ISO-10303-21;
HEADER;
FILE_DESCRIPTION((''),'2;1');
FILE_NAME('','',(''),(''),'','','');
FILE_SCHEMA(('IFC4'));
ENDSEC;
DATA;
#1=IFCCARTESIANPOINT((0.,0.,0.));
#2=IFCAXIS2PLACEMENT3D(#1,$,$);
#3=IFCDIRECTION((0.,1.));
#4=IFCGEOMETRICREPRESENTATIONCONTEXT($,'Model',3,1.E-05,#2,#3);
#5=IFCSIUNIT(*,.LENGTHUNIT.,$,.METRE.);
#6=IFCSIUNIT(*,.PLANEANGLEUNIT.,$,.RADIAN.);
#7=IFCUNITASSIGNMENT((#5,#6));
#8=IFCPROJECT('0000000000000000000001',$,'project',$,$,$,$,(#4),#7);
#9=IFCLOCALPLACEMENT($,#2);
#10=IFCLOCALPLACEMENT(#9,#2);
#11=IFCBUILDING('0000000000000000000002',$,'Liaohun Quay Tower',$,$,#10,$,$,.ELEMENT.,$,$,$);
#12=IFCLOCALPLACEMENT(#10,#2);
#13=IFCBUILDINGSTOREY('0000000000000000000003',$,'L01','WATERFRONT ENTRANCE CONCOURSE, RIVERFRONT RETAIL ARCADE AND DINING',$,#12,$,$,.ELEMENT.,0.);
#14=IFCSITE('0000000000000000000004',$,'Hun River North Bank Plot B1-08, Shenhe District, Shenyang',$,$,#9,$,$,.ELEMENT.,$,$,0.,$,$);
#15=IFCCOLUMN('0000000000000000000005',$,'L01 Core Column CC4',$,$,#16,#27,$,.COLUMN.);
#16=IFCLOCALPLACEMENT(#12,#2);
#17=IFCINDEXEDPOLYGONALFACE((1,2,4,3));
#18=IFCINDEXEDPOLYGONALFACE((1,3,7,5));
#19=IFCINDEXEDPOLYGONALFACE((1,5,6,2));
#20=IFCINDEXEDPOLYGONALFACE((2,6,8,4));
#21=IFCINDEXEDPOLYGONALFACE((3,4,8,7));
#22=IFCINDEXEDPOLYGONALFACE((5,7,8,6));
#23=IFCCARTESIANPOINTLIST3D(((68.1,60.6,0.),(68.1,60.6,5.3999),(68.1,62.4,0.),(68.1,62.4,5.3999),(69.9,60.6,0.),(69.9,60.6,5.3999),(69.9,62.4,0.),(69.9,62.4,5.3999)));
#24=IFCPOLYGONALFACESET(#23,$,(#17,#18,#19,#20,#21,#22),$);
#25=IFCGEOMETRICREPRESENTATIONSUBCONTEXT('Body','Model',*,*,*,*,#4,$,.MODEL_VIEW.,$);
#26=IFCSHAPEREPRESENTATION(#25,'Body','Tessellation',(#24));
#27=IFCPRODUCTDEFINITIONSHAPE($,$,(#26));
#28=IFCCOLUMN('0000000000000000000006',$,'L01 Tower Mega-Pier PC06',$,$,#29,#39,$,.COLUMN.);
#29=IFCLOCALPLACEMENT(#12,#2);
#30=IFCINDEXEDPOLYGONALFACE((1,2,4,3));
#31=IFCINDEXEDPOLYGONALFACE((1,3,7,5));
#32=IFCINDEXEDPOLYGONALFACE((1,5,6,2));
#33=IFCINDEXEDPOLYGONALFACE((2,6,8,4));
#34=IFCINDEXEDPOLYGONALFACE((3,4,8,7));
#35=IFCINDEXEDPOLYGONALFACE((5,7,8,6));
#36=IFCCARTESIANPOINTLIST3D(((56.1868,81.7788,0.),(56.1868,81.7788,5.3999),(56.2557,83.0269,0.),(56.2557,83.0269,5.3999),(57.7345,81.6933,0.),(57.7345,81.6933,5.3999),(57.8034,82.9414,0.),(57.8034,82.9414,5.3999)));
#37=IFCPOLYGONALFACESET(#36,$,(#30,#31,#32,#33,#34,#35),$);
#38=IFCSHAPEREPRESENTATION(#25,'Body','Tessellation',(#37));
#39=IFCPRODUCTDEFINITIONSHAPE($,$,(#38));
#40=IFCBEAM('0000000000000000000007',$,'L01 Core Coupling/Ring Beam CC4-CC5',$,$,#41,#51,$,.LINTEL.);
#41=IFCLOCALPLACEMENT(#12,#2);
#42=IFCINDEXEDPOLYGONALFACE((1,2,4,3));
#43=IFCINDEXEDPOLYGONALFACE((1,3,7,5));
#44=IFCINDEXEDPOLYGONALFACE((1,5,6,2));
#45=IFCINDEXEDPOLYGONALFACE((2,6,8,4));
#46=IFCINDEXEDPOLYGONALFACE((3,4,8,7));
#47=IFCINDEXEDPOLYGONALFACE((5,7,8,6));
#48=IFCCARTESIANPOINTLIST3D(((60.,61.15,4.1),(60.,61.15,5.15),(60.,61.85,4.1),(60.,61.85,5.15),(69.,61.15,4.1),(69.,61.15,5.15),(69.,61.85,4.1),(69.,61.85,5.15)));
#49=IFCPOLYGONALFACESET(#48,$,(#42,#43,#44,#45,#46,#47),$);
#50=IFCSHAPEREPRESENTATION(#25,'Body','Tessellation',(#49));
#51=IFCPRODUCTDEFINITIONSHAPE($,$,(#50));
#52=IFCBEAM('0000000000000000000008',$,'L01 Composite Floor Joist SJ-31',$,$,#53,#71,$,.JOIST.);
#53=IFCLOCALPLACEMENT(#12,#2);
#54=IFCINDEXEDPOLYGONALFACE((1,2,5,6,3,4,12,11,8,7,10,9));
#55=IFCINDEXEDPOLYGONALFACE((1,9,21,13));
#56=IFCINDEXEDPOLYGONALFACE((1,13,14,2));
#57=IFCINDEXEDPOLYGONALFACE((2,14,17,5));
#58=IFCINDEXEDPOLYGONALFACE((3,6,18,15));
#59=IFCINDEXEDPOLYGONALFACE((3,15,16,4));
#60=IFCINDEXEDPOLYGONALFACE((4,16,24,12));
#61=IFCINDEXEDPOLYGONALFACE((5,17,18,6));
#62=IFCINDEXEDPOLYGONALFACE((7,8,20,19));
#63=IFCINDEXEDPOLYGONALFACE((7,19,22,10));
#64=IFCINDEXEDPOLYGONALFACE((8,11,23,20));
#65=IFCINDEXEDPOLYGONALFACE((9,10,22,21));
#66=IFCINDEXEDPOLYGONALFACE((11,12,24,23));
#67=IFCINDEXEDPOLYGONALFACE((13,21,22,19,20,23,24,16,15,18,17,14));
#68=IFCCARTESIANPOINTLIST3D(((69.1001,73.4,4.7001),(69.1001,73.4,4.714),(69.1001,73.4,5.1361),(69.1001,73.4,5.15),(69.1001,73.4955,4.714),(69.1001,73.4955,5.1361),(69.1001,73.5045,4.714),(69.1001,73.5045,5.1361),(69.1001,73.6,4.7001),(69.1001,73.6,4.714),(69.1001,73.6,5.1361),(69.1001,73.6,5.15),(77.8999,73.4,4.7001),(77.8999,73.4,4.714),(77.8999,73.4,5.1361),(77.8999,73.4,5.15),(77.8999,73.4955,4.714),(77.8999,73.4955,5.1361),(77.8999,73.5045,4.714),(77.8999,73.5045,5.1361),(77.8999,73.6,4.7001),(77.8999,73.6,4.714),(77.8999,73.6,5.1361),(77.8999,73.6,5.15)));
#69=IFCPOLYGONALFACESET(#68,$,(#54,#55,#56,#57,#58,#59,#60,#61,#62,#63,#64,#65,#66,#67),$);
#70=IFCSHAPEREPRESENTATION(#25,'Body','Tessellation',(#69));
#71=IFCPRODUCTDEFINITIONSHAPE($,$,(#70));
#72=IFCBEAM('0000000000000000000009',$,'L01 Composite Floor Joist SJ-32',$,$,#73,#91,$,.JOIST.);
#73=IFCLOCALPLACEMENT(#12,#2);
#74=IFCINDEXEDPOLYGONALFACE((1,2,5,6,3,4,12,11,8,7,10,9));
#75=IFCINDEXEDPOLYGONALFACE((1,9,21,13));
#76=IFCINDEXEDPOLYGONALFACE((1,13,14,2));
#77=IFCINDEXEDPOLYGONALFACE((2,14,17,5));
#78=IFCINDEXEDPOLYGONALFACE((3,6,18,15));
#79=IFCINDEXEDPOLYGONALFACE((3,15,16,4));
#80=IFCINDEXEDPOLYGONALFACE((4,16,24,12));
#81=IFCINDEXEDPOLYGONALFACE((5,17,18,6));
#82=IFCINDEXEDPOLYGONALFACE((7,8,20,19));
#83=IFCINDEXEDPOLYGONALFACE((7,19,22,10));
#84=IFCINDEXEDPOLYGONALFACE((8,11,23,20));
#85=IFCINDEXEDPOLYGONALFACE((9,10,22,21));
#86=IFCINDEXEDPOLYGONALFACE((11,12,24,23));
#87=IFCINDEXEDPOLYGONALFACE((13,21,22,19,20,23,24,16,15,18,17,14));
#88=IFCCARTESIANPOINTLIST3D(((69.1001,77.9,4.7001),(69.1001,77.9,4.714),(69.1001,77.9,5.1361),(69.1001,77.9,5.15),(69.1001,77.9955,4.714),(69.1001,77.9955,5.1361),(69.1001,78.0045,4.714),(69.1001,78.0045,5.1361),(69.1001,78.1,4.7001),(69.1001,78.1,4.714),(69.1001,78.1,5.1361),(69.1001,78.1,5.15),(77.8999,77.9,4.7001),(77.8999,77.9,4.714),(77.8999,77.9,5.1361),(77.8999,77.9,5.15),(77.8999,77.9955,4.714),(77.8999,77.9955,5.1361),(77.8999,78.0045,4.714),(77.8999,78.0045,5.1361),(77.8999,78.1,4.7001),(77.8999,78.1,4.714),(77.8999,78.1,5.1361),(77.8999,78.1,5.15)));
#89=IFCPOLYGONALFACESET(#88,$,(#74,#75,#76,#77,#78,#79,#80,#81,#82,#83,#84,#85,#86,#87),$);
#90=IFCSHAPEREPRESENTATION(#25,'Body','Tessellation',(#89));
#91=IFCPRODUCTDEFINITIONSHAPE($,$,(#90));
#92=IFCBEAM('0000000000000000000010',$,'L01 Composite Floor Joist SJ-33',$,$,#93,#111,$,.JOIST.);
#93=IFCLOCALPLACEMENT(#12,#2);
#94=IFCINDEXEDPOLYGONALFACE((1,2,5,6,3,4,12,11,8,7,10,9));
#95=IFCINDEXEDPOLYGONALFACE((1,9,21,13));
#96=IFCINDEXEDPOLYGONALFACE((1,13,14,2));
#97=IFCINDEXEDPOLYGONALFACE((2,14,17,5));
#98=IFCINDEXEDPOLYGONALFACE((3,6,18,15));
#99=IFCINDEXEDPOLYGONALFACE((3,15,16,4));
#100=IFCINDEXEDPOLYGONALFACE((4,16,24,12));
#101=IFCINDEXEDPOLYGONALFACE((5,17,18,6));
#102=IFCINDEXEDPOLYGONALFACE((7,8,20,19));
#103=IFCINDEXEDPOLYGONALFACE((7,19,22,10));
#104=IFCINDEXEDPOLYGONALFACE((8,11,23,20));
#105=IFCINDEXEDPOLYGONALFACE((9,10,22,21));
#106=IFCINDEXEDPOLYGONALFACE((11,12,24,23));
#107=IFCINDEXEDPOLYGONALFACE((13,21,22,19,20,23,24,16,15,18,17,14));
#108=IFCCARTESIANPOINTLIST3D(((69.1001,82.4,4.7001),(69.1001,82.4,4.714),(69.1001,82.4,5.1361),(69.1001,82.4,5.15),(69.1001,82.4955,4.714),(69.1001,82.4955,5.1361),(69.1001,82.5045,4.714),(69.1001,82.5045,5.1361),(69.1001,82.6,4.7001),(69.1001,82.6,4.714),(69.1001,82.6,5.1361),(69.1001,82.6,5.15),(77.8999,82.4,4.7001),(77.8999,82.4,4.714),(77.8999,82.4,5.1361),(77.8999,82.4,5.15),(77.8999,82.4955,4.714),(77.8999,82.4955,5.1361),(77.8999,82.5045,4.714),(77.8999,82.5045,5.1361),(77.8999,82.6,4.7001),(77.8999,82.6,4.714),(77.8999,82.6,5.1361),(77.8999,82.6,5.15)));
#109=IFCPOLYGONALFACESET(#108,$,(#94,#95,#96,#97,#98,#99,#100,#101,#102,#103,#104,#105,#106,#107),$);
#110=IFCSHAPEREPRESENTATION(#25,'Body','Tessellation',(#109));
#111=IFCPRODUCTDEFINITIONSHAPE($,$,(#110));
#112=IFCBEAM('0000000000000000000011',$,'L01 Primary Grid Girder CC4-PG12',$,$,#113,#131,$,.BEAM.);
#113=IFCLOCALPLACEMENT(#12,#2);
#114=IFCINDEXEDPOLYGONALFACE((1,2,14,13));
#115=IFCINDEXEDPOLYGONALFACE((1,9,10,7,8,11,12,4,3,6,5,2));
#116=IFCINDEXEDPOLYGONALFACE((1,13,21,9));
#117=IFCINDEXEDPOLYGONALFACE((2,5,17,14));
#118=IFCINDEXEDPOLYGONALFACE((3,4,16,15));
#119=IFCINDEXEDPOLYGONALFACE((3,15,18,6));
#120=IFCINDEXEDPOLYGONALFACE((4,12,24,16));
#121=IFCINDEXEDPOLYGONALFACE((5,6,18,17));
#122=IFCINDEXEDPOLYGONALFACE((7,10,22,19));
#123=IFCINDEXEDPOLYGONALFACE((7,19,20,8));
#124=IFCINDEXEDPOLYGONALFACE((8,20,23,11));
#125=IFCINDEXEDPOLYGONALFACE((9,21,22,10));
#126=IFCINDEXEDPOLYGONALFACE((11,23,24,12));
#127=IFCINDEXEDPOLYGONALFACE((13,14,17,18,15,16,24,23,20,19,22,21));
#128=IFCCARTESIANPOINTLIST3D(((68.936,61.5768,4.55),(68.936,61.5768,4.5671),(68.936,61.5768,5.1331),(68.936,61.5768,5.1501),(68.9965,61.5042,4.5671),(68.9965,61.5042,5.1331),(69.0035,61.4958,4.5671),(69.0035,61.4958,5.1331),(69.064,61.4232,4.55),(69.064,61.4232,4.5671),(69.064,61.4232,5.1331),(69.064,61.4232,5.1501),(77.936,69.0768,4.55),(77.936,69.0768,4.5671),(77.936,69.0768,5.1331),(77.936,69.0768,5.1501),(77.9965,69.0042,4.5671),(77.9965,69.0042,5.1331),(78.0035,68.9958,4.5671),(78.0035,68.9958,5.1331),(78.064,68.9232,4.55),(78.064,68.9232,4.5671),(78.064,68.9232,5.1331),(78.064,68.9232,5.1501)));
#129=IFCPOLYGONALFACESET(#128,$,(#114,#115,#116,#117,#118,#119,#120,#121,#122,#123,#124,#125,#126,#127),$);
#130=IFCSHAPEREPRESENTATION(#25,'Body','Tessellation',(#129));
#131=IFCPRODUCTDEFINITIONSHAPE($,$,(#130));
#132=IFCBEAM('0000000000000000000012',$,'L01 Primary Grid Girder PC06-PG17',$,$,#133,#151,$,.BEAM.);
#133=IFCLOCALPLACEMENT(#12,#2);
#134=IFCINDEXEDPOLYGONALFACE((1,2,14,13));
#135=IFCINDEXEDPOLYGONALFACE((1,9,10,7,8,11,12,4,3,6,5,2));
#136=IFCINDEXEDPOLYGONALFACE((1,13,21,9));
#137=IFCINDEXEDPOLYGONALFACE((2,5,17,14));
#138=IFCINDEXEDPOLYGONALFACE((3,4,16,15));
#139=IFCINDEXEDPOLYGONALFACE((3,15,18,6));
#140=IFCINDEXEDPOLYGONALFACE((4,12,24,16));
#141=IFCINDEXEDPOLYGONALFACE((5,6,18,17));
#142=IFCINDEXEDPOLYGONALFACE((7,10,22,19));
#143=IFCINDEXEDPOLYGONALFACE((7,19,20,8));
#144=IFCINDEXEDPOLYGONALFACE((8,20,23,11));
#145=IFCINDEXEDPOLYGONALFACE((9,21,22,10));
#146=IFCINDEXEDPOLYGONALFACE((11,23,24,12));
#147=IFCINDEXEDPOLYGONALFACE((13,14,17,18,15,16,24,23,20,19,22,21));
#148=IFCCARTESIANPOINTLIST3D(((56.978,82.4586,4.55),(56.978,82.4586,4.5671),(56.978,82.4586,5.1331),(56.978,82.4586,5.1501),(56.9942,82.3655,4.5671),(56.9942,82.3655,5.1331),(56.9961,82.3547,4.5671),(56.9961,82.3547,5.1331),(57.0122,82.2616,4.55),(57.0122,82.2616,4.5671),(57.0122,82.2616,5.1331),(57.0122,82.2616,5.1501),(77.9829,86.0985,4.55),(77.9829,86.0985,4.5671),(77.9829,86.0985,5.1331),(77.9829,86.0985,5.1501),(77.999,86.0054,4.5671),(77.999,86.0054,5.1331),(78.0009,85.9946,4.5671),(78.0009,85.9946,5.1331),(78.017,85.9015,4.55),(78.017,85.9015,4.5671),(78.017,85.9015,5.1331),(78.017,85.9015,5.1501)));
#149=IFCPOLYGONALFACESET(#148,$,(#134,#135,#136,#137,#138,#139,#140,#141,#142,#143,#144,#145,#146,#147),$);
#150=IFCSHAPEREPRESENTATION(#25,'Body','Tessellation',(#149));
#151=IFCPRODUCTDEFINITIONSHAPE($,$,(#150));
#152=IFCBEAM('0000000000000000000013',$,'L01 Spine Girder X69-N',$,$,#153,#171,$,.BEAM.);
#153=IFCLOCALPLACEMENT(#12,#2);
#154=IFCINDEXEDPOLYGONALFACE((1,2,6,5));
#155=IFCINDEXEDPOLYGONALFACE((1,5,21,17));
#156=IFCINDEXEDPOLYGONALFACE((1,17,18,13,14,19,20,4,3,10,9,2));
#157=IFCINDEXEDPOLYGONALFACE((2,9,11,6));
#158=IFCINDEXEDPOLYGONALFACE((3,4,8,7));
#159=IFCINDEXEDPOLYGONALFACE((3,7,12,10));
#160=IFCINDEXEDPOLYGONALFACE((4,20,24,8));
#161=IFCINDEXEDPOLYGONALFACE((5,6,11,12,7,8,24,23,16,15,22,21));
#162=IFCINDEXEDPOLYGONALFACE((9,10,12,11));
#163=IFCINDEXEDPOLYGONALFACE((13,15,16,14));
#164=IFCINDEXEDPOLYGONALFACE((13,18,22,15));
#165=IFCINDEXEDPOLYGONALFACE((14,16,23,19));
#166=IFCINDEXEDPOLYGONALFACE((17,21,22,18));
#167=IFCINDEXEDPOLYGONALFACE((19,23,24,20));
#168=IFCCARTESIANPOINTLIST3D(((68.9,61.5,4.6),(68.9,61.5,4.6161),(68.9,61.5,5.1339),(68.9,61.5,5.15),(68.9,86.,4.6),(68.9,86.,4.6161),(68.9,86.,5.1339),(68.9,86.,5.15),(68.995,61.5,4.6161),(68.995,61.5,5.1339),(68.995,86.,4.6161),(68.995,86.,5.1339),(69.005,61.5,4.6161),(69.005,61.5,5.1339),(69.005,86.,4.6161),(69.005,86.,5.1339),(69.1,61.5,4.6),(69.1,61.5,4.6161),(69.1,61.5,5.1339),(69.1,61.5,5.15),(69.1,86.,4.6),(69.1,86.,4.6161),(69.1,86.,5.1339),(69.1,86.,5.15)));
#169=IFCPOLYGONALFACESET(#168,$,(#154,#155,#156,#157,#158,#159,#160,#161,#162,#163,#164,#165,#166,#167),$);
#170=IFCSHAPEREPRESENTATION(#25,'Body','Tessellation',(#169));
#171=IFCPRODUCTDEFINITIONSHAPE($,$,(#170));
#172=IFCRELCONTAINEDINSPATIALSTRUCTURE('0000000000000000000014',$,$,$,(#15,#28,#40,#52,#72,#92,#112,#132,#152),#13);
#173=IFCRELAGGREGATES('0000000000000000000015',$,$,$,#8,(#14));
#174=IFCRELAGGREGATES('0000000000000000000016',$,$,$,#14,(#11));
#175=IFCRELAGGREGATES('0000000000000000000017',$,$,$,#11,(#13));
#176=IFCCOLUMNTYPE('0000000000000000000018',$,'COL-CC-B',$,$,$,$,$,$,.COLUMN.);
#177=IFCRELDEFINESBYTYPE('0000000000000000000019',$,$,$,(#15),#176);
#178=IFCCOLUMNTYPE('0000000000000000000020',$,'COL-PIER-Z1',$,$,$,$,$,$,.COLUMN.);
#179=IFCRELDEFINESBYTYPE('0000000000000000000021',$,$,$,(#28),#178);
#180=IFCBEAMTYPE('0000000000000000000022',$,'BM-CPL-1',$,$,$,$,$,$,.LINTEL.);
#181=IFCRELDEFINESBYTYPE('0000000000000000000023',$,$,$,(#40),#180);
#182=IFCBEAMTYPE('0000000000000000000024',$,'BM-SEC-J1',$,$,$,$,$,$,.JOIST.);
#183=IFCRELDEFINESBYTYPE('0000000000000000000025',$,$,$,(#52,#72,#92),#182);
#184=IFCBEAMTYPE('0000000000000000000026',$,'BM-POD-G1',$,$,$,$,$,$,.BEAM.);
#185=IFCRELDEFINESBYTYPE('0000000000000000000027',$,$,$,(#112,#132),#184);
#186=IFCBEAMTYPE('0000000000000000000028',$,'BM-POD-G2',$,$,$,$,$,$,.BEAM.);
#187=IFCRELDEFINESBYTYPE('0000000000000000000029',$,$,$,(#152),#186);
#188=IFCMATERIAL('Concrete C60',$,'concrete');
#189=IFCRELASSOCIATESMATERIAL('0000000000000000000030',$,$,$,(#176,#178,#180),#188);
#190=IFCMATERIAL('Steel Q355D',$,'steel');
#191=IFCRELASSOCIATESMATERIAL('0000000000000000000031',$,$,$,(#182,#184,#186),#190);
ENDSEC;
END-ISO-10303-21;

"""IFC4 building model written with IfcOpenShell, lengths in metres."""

from ifc_helpers import new_model, si_unit, direction, frame, origin, origin_2d, place, context, subcontext, project, spatial, rectangle, i_section, extrude, source, transform, mapped, material, material_profile, profile_set, type_object, element, save


model = new_model("IFC4")

# Units and contexts
model_context = context("Model", 3, precision=1e-05, world=origin(), true_north=direction((0.0, 1.0)))
body_context = subcontext(model_context, "Body", "Model", "MODEL_VIEW")
ifc_project = project(units=[si_unit("LENGTHUNIT", "METRE"), si_unit("PLANEANGLEUNIT", "RADIAN")], contexts=[model_context])

# Site, building, storey
site_placement = place(None, origin())
site = spatial("IfcSite", under=ifc_project, at=site_placement, Name="Hun River North Bank Plot B1-08, Shenhe District, Shenyang", CompositionType="ELEMENT", RefElevation=0.0)
building_placement = place(site_placement, origin())
building = spatial("IfcBuilding", under=site, at=building_placement, Name="Liaohun Quay Tower", CompositionType="ELEMENT")
storey_placement = place(building_placement, origin())
storey = spatial("IfcBuildingStorey", under=building, at=storey_placement, Name="L01", Description="WATERFRONT ENTRANCE CONCOURSE, RIVERFRONT RETAIL ARCADE AND DINING", CompositionType="ELEMENT", Elevation=0.0)

# Columns
ifc_material_1 = material(Name="Concrete C60", Category="concrete")
ifc_material_profile_1 = material_profile(ifc_material_1, rectangle(XDim=1.8, YDim=1.8, at=origin_2d()), Name="RC1800x1800")
ifc_profile_set_1 = profile_set([ifc_material_profile_1], Name="Concrete C60")
column_type_1 = type_object("IfcColumnType", Name="COL-CC-B", PredefinedType="COLUMN", material=ifc_profile_set_1)
shared_shape_1 = source(origin(), body_context, "Body", "SweptSolid", [
    extrude(rectangle(XDim=1.8, YDim=1.8, at=origin_2d()), origin(), (0.0, 0.0, 1.0), 5.3999),
])
column_1_placement = place(storey_placement, frame((69.0, 61.5, 0.0), z_axis=(0.0, 0.0, 1.0), x_axis=(1.0, 0.0, 0.0)))
element("IfcColumn", 1, at=column_1_placement, inside=storey, type_object=column_type_1, Name="L01 Core Column CC4", PredefinedType="COLUMN", context=body_context, shape_type="MappedRepresentation", body=[
    mapped(shared_shape_1, transform((0.0, 0.0, 0.0), x_axis=(1.0, 0.0, 0.0), y_axis=(0.0, 1.0, 0.0), z_axis=(0.0, 0.0, 1.0), scale=1.0)),
])
ifc_material_profile_2 = material_profile(ifc_material_1, rectangle(XDim=1.55, YDim=1.25, at=origin_2d()), Name="RC1550x1250")
ifc_profile_set_2 = profile_set([ifc_material_profile_2], Name="Concrete C60")
column_type_2 = type_object("IfcColumnType", Name="COL-PIER-Z1", PredefinedType="COLUMN", material=ifc_profile_set_2)
shared_shape_2 = source(origin(), body_context, "Body", "SweptSolid", [
    extrude(rectangle(XDim=1.55, YDim=1.25, at=origin_2d()), origin(), (0.0, 0.0, 1.0), 5.3999),
])
column_2_placement = place(storey_placement, frame((56.9951, 82.3601, 0.0), z_axis=(0.0, 0.0, 1.0), x_axis=(-0.998479, 0.055124, 0.0)))
element("IfcColumn", 2, at=column_2_placement, inside=storey, type_object=column_type_2, Name="L01 Tower Mega-Pier PC06", PredefinedType="COLUMN", context=body_context, shape_type="MappedRepresentation", body=[
    mapped(shared_shape_2, transform((0.0, 0.0, 0.0), x_axis=(1.0, 0.0, 0.0), y_axis=(0.0, 1.0, 0.0), z_axis=(0.0, 0.0, 1.0), scale=1.0)),
])

# Beams
ifc_material_profile_3 = material_profile(ifc_material_1, rectangle(XDim=0.7, YDim=1.05, at=origin_2d()), Name="RC700x1050")
ifc_profile_set_3 = profile_set([ifc_material_profile_3], Name="Concrete C60")
beam_type_1 = type_object("IfcBeamType", Name="BM-CPL-1", PredefinedType="LINTEL", material=ifc_profile_set_3)
shared_shape_3 = source(origin(), body_context, "Body", "SweptSolid", [
    extrude(rectangle(XDim=0.7, YDim=1.05, at=origin_2d()), origin(), (0.0, 0.0, 1.0), 9.0),
])
beam_1_placement = place(storey_placement, frame((69.0, 61.5, 4.625), z_axis=(-1.0, 0.0, 0.0), x_axis=(0.0, -1.0, 0.0)))
element("IfcBeam", 3, at=beam_1_placement, inside=storey, type_object=beam_type_1, Name="L01 Core Coupling/Ring Beam CC4-CC5", PredefinedType="LINTEL", context=body_context, shape_type="MappedRepresentation", body=[
    mapped(shared_shape_3, transform((0.0, 0.0, 0.0), x_axis=(1.0, 0.0, 0.0), y_axis=(0.0, 1.0, 0.0), z_axis=(0.0, 0.0, 1.0), scale=1.0)),
])
ifc_material_2 = material(Name="Steel Q355D", Category="steel")
ifc_material_profile_4 = material_profile(ifc_material_2, i_section(OverallWidth=0.2, OverallDepth=0.45, WebThickness=0.009, FlangeThickness=0.0139, at=origin_2d()), Name="HN450x200x9x14")
ifc_profile_set_4 = profile_set([ifc_material_profile_4], Name="Steel Q355D")
beam_type_2 = type_object("IfcBeamType", Name="BM-SEC-J1", PredefinedType="JOIST", material=ifc_profile_set_4)
shared_shape_4 = source(origin(), body_context, "Body", "SweptSolid", [
    extrude(i_section(OverallWidth=0.2, OverallDepth=0.45, WebThickness=0.009, FlangeThickness=0.0139, at=origin_2d()), origin(), (0.0, 0.0, 1.0), 8.7998),
])
for number, where, z_axis, x_axis, name in (
    (4, (69.1001, 73.5, 4.925), (1.0, 0.0, 0.0), (0.0, 1.0, 0.0), "L01 Composite Floor Joist SJ-31"),
    (5, (69.1001, 78.0, 4.925), (1.0, 0.0, 0.0), (0.0, 1.0, 0.0), "L01 Composite Floor Joist SJ-32"),
    (6, (69.1001, 82.5, 4.925), (1.0, 0.0, 0.0), (0.0, 1.0, 0.0), "L01 Composite Floor Joist SJ-33"),
):
    element("IfcBeam", number, at=place(storey_placement, frame(where, z_axis=z_axis, x_axis=x_axis)), inside=storey, type_object=beam_type_2, Name=name, PredefinedType="JOIST", context=body_context, shape_type="MappedRepresentation", body=[
        mapped(shared_shape_4, transform((0.0, 0.0, 0.0), x_axis=(1.0, 0.0, 0.0), y_axis=(0.0, 1.0, 0.0), z_axis=(0.0, 0.0, 1.0), scale=1.0)),
    ])
ifc_material_profile_5 = material_profile(ifc_material_2, i_section(OverallWidth=0.2, OverallDepth=0.6001, WebThickness=0.011, FlangeThickness=0.0171, at=origin_2d()), Name="HN600x200x11x17")
ifc_profile_set_5 = profile_set([ifc_material_profile_5], Name="Steel Q355D")
beam_type_3 = type_object("IfcBeamType", Name="BM-POD-G1", PredefinedType="BEAM", material=ifc_profile_set_5)
shared_shape_5 = source(origin(), body_context, "Body", "SweptSolid", [
    extrude(i_section(OverallWidth=0.2, OverallDepth=0.6001, WebThickness=0.011, FlangeThickness=0.0171, at=origin_2d()), origin(), (0.0, 0.0, 1.0), 11.7153),
])
beam_2_placement = place(storey_placement, frame((69.0, 61.5, 4.8501), z_axis=(0.768221, 0.640184, 0.0), x_axis=(-0.640184, 0.768221, 0.0)))
element("IfcBeam", 7, at=beam_2_placement, inside=storey, type_object=beam_type_3, Name="L01 Primary Grid Girder CC4-PG12", PredefinedType="BEAM", context=body_context, shape_type="MappedRepresentation", body=[
    mapped(shared_shape_5, transform((0.0, 0.0, 0.0), x_axis=(1.0, 0.0, 0.0), y_axis=(0.0, 1.0, 0.0), z_axis=(0.0, 0.0, 1.0), scale=1.0)),
])
shared_shape_6 = source(origin(), body_context, "Body", "SweptSolid", [
    extrude(i_section(OverallWidth=0.2, OverallDepth=0.6001, WebThickness=0.011, FlangeThickness=0.0171, at=origin_2d()), origin(), (0.0, 0.0, 1.0), 21.3179),
])
beam_3_placement = place(storey_placement, frame((56.9951, 82.3601, 4.8501), z_axis=(0.985316, 0.170743, 0.0), x_axis=(-0.170743, 0.985316, 0.0)))
element("IfcBeam", 8, at=beam_3_placement, inside=storey, type_object=beam_type_3, Name="L01 Primary Grid Girder PC06-PG17", PredefinedType="BEAM", context=body_context, shape_type="MappedRepresentation", body=[
    mapped(shared_shape_6, transform((0.0, 0.0, 0.0), x_axis=(1.0, 0.0, 0.0), y_axis=(0.0, 1.0, 0.0), z_axis=(0.0, 0.0, 1.0), scale=1.0)),
])
ifc_material_profile_6 = material_profile(ifc_material_2, i_section(OverallWidth=0.2, OverallDepth=0.55, WebThickness=0.01, FlangeThickness=0.0161, at=origin_2d()), Name="HN550x200x10x16")
ifc_profile_set_6 = profile_set([ifc_material_profile_6], Name="Steel Q355D")
beam_type_4 = type_object("IfcBeamType", Name="BM-POD-G2", PredefinedType="BEAM", material=ifc_profile_set_6)
shared_shape_7 = source(origin(), body_context, "Body", "SweptSolid", [
    extrude(i_section(OverallWidth=0.2, OverallDepth=0.55, WebThickness=0.01, FlangeThickness=0.0161, at=origin_2d()), origin(), (0.0, 0.0, 1.0), 24.5),
])
beam_4_placement = place(storey_placement, frame((69.0, 61.5, 4.875), z_axis=(0.0, 1.0, 0.0), x_axis=(-1.0, 0.0, 0.0)))
element("IfcBeam", 9, at=beam_4_placement, inside=storey, type_object=beam_type_4, Name="L01 Spine Girder X69-N", PredefinedType="BEAM", context=body_context, shape_type="MappedRepresentation", body=[
    mapped(shared_shape_7, transform((0.0, 0.0, 0.0), x_axis=(1.0, 0.0, 0.0), y_axis=(0.0, 1.0, 0.0), z_axis=(0.0, 0.0, 1.0), scale=1.0)),
])

save(model, "model.ifc")
